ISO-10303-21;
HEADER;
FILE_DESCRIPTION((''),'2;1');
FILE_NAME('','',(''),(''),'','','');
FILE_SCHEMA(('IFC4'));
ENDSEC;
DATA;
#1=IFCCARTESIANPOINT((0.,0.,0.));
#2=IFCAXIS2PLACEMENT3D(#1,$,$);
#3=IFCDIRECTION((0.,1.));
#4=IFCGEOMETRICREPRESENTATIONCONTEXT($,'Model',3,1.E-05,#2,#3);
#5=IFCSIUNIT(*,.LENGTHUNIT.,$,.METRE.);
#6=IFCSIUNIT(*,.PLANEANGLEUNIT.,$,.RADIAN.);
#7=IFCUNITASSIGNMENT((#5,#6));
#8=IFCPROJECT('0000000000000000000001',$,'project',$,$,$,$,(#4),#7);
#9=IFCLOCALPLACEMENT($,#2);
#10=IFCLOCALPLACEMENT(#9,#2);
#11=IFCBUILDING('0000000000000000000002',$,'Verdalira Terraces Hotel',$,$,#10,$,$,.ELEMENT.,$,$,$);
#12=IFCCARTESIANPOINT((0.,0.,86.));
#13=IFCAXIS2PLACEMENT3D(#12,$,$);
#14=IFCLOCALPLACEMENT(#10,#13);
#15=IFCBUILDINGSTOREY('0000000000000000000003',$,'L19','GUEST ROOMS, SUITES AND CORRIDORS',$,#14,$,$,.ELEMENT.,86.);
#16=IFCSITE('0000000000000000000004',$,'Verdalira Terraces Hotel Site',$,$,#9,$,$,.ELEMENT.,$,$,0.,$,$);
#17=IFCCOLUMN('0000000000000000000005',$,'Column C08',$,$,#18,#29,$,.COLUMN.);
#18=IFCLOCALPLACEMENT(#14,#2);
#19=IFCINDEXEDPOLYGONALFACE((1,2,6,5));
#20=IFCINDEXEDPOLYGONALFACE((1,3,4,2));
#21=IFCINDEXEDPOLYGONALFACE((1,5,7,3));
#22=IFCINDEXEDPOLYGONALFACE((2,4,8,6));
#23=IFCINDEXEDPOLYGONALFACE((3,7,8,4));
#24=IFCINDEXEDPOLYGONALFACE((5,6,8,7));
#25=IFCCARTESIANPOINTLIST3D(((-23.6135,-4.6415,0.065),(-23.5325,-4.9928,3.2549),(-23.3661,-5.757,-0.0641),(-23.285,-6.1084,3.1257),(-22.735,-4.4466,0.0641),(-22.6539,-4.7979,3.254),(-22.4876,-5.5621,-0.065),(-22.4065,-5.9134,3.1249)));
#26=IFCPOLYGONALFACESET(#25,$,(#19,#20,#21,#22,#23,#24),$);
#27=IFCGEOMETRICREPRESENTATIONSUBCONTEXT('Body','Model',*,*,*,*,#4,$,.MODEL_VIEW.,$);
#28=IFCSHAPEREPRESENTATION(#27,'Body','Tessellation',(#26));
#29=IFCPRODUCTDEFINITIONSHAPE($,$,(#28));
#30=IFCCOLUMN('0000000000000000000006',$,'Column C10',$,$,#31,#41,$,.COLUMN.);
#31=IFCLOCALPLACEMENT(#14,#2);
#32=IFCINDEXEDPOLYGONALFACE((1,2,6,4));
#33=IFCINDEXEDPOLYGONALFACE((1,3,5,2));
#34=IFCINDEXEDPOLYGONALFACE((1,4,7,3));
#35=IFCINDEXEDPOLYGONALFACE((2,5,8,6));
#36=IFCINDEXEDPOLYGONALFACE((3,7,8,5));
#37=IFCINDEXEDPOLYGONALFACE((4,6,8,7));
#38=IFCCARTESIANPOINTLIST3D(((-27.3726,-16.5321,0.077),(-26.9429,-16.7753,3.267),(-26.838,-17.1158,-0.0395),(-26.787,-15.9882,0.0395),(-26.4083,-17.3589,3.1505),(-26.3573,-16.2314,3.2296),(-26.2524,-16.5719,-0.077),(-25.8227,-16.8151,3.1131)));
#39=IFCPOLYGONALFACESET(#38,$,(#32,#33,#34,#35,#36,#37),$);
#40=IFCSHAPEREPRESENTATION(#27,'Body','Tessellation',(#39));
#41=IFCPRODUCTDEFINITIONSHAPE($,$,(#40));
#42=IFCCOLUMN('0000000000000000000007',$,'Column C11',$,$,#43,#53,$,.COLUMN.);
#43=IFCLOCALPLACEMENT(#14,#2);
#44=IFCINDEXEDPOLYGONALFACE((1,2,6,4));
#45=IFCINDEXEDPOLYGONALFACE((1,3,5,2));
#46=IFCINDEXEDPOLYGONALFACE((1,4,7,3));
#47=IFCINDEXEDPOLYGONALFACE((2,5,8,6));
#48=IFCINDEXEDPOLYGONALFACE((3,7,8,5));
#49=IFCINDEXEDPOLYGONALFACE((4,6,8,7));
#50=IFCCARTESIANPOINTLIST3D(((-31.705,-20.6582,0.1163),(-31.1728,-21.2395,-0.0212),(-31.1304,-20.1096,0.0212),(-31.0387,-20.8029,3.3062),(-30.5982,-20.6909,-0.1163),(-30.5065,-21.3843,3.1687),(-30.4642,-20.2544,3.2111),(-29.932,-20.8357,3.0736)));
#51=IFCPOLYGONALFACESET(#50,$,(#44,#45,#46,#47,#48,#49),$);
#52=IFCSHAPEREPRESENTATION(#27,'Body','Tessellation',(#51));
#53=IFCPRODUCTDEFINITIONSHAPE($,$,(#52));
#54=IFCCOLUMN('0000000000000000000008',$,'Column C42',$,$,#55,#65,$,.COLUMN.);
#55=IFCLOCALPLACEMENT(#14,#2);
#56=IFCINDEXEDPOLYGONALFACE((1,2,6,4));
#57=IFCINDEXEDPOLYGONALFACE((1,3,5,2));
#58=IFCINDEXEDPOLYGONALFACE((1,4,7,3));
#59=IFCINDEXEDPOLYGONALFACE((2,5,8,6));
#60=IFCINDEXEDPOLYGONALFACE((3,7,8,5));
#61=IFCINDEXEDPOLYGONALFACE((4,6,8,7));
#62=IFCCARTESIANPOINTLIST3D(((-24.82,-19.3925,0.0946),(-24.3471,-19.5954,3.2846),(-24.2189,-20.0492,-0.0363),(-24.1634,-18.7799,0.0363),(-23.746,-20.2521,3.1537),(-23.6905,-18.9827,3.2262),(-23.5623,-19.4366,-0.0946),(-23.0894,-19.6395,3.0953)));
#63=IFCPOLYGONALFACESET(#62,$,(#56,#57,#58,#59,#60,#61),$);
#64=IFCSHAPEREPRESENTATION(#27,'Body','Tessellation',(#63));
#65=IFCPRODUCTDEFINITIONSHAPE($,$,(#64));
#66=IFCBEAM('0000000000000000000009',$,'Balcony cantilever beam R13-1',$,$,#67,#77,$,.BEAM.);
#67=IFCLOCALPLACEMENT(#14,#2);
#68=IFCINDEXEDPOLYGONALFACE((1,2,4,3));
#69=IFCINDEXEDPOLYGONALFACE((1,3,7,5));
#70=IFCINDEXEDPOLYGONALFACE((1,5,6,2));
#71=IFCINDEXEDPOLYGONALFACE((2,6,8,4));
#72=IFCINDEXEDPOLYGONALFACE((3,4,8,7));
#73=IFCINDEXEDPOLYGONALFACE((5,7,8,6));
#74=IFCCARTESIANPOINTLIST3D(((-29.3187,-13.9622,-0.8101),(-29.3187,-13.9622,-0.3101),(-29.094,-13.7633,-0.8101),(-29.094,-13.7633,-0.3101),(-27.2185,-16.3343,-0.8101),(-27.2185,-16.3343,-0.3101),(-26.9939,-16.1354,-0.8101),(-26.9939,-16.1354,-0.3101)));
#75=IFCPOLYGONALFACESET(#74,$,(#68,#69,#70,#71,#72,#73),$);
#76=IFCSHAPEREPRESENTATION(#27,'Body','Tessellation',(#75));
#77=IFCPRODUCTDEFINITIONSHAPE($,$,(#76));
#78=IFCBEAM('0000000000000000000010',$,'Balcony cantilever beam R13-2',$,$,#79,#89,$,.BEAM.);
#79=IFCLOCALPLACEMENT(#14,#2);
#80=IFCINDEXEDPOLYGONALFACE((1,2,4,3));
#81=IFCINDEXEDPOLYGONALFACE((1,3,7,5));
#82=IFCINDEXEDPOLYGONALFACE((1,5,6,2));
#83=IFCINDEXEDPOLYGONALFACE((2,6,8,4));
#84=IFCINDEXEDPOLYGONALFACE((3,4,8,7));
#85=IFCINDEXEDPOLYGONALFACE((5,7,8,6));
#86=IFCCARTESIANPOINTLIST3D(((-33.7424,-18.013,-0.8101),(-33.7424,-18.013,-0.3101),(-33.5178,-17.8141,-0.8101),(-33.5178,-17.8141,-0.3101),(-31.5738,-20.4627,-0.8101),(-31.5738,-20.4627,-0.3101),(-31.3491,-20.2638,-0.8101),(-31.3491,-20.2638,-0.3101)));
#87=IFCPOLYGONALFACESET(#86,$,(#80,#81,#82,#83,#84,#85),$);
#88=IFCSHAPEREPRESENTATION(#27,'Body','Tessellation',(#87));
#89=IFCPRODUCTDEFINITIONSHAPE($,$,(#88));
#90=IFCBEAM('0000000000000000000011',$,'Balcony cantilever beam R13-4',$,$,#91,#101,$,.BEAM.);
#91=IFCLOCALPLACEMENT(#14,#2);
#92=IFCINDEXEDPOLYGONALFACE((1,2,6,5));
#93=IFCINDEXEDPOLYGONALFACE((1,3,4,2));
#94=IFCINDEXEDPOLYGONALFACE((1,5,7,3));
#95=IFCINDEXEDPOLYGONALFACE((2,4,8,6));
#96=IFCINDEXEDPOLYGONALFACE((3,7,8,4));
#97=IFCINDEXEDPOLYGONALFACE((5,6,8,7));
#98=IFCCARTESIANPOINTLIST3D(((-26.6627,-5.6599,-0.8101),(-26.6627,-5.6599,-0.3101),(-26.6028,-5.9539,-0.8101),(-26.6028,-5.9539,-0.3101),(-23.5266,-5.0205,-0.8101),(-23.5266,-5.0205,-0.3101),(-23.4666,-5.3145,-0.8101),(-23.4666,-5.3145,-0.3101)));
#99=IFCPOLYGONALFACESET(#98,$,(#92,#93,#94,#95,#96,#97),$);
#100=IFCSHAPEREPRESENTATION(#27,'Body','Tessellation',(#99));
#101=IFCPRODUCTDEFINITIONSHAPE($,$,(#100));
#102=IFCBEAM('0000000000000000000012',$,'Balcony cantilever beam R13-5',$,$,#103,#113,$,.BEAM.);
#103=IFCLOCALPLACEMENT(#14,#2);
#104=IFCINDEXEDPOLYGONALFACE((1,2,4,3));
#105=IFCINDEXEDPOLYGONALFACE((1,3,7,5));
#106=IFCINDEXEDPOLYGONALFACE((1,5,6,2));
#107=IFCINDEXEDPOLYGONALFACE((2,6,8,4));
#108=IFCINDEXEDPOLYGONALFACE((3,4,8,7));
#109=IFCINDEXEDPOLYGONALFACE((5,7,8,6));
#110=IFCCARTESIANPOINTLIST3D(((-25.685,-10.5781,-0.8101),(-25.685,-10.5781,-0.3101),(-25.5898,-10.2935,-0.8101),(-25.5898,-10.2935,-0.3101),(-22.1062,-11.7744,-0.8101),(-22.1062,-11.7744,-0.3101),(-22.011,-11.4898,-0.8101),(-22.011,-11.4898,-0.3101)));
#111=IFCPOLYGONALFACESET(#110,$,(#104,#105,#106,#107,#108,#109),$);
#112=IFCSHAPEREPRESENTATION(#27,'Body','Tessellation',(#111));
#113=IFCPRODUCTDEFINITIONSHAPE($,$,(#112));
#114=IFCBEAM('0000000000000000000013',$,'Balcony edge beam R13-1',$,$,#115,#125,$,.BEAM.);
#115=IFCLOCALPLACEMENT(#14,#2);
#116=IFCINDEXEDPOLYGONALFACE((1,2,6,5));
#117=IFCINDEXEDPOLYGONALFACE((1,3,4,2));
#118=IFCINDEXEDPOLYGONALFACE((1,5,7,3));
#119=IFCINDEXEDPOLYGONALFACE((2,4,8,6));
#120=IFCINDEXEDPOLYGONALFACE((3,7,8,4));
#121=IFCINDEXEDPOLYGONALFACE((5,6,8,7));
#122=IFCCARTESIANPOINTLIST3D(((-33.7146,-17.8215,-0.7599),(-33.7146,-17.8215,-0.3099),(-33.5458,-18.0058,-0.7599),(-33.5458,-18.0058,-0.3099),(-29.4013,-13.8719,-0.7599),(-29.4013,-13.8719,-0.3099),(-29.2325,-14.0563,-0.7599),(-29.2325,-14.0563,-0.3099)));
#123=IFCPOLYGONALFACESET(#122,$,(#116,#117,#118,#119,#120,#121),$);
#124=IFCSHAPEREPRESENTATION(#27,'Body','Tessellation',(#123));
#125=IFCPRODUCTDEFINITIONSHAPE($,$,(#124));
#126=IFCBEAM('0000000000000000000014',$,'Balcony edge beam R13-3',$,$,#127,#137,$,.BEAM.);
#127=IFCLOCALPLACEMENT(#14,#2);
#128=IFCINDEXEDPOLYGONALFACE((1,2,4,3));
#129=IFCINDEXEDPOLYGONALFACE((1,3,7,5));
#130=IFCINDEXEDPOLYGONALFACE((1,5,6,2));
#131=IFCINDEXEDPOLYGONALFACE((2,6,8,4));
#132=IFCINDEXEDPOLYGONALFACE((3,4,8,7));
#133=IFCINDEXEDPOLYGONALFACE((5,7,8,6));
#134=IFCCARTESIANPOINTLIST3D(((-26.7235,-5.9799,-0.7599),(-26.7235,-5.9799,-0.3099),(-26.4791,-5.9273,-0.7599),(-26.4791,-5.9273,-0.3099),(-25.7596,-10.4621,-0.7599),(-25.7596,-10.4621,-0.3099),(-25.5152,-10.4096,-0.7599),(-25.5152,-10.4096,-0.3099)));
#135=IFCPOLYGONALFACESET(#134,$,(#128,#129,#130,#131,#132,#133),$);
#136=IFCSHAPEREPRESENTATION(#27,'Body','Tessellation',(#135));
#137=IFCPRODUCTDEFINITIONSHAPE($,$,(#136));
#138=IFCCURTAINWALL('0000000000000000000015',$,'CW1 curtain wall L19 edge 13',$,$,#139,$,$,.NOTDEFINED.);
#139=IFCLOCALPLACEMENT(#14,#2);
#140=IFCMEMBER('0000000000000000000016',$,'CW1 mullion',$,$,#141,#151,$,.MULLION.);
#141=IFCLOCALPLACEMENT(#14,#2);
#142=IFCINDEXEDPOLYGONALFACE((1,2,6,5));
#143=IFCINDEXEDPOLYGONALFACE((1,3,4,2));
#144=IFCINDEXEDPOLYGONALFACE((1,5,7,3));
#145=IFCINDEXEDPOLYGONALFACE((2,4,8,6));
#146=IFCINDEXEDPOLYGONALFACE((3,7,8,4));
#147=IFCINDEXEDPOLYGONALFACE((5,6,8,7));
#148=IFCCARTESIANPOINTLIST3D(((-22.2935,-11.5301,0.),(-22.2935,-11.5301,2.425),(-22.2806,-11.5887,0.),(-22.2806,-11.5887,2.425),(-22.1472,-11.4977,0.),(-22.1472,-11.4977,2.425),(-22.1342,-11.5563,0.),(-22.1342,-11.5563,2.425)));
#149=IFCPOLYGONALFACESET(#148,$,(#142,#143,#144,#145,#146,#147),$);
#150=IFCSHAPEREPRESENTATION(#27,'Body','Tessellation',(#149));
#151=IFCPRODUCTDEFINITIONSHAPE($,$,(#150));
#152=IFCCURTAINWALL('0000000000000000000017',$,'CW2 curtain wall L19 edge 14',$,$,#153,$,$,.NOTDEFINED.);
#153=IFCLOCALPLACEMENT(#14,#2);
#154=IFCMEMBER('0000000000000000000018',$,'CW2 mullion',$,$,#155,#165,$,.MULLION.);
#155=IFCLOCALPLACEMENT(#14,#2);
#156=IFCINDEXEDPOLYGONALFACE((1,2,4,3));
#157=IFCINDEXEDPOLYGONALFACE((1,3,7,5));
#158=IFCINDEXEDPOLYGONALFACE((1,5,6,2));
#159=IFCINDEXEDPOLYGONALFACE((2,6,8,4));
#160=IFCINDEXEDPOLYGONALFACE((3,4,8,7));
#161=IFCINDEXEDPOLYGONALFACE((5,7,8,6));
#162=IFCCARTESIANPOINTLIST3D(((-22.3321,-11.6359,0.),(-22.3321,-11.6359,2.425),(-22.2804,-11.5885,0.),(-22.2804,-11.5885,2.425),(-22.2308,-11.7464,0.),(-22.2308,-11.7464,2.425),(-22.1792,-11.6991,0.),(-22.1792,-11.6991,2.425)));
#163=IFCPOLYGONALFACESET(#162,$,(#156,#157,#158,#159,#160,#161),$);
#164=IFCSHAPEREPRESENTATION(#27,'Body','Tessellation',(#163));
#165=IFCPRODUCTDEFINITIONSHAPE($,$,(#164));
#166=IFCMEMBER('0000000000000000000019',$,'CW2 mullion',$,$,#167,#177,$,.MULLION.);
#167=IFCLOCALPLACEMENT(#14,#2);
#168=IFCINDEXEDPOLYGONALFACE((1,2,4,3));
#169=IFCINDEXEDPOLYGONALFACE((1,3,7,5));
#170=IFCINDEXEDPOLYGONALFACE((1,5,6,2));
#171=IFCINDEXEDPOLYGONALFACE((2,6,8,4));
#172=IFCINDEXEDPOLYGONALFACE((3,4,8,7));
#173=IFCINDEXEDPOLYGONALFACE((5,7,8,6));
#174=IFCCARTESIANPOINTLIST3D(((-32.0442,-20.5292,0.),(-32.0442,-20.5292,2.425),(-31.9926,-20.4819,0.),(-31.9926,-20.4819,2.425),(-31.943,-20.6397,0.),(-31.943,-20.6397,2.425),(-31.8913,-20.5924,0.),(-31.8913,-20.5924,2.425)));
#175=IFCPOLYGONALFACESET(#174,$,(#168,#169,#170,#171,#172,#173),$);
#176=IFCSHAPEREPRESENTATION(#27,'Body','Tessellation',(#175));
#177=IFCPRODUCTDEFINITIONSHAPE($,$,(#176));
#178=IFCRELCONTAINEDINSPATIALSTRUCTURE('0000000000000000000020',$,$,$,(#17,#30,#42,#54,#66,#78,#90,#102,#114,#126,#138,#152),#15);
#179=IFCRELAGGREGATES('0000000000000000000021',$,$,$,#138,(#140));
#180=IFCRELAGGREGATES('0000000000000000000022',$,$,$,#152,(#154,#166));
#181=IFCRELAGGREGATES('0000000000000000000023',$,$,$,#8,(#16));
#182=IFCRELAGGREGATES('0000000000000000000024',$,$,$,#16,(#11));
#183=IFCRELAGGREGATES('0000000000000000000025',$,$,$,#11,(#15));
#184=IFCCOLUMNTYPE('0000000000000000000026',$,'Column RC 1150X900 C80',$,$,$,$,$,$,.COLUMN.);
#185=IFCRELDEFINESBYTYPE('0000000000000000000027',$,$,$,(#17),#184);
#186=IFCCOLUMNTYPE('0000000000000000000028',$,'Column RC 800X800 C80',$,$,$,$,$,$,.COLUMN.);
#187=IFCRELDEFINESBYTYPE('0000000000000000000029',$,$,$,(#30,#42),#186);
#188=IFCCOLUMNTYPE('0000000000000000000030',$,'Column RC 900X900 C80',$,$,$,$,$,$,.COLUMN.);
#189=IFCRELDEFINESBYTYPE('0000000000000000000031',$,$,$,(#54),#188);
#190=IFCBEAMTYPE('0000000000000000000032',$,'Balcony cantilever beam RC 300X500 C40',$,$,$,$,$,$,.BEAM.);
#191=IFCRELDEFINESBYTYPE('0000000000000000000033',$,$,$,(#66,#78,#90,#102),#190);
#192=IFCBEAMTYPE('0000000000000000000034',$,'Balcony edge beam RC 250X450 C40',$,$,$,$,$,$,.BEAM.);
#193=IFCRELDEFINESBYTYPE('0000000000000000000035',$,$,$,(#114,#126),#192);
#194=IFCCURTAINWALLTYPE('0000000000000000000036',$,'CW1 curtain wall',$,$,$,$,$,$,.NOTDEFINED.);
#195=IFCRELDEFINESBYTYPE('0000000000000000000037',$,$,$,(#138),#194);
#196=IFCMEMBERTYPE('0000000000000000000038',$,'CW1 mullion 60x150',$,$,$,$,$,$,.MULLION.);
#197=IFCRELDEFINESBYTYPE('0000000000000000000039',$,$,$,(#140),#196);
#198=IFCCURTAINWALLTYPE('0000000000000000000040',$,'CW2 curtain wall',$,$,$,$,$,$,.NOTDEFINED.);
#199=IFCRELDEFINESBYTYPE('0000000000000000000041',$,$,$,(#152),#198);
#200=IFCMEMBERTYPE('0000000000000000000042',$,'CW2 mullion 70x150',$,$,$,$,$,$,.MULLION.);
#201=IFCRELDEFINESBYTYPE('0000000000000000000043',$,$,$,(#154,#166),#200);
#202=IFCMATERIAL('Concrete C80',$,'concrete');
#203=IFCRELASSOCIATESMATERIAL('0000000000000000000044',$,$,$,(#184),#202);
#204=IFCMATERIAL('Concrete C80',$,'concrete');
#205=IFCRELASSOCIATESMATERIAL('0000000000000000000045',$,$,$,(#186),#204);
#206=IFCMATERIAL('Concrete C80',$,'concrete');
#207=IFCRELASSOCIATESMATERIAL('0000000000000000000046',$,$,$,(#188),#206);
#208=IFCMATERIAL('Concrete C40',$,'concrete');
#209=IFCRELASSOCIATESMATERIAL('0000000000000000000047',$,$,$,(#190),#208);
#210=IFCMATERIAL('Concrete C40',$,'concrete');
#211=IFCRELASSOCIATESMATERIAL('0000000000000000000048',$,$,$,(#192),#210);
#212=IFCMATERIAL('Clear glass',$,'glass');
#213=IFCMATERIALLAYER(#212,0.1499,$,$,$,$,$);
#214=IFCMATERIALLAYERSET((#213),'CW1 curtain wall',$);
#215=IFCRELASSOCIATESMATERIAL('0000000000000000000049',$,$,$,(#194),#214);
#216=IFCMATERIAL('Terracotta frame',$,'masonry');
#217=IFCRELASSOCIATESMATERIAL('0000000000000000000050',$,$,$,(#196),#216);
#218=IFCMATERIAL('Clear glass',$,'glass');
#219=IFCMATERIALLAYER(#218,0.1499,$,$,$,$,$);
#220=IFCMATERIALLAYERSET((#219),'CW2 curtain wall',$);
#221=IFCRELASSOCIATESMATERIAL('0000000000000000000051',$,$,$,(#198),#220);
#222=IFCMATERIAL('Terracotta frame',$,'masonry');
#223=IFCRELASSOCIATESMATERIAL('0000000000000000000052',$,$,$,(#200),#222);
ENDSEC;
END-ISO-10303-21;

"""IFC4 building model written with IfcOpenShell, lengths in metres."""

from ifc_helpers import new_model, si_unit, direction, frame, origin, origin_2d, place, context, subcontext, project, spatial, rectangle, extrude, material, layer, layer_set, material_profile, profile_set, type_object, element, aggregate, save


model = new_model("IFC4")

# Units and contexts
model_context = context("Model", 3, precision=1e-05, world=origin(), true_north=direction((0.0, 1.0)))
body_context = subcontext(model_context, "Body", "Model", "MODEL_VIEW")
ifc_project = project(units=[si_unit("LENGTHUNIT", "METRE"), si_unit("PLANEANGLEUNIT", "RADIAN")], contexts=[model_context])

# Site, building, storey
site_placement = place(None, origin())
site = spatial("IfcSite", under=ifc_project, at=site_placement, Name="Verdalira Terraces Hotel Site", CompositionType="ELEMENT", RefElevation=0.0)
building_placement = place(site_placement, origin())
building = spatial("IfcBuilding", under=site, at=building_placement, Name="Verdalira Terraces Hotel", CompositionType="ELEMENT")
storey_placement = place(building_placement, frame((0.0, 0.0, 86.0)))
storey = spatial("IfcBuildingStorey", under=building, at=storey_placement, Name="L19", Description="GUEST ROOMS, SUITES AND CORRIDORS", CompositionType="ELEMENT", Elevation=86.0)

# Columns
ifc_material_1 = material(Name="Concrete C80", Category="concrete")
ifc_material_profile_1 = material_profile(ifc_material_1, rectangle(XDim=1.1499, YDim=0.8999, at=origin_2d()), Name="RC 1150X900")
ifc_profile_set_1 = profile_set([ifc_material_profile_1], Name="Concrete C80")
column_type_1 = type_object("IfcColumnType", Name="Column RC 1150X900 C80", PredefinedType="COLUMN", material=ifc_profile_set_1)
column_1_placement = place(storey_placement, frame((-23.0505, -5.1018, 0.0), z_axis=(0.025249, -0.109436, 0.993673), x_axis=(0.215164, -0.970099, -0.112307)))
element("IfcColumn", 1, at=column_1_placement, inside=storey, type_object=column_type_1, Name="Column C08", PredefinedType="COLUMN", context=body_context, shape_type="SweptSolid", body=[
    extrude(rectangle(XDim=1.1499, YDim=0.8999, at=origin_2d()), origin(), (0.0, 0.0, 1.0), 3.2102),
])
ifc_material_2 = material(Name="Concrete C80", Category="concrete")
ifc_material_profile_2 = material_profile(ifc_material_2, rectangle(XDim=0.8, YDim=0.8, at=origin_2d()), Name="RC 800X800")
ifc_profile_set_2 = profile_set([ifc_material_profile_2], Name="Concrete C80")
column_type_2 = type_object("IfcColumnType", Name="Column RC 800X800 C80", PredefinedType="COLUMN", material=ifc_profile_set_2)
column_2_placement = place(storey_placement, frame((-26.8125, -16.552, 0.0), z_axis=(0.133116, -0.075331, 0.988233), x_axis=(-0.73194, -0.679761, 0.046776)))
element("IfcColumn", 2, at=column_2_placement, inside=storey, type_object=column_type_2, Name="Column C10", PredefinedType="COLUMN", context=body_context, shape_type="SweptSolid", body=[
    extrude(rectangle(XDim=0.8, YDim=0.8, at=origin_2d()), origin(), (0.0, 0.0, 1.0), 3.228),
])
column_3_placement = place(storey_placement, frame((-31.1516, -20.6746, 0.0), z_axis=(0.204249, -0.044383, 0.977912), x_axis=(-0.718176, -0.685631, 0.118883)))
element("IfcColumn", 3, at=column_3_placement, inside=storey, type_object=column_type_2, Name="Column C11", PredefinedType="COLUMN", context=body_context, shape_type="SweptSolid", body=[
    extrude(rectangle(XDim=0.8, YDim=0.8, at=origin_2d()), origin(), (0.0, 0.0, 1.0), 3.262),
])
ifc_material_3 = material(Name="Concrete C80", Category="concrete")
ifc_material_profile_3 = material_profile(ifc_material_3, rectangle(XDim=0.8999, YDim=0.8999, at=origin_2d()), Name="RC 900X900")
ifc_profile_set_3 = profile_set([ifc_material_profile_3], Name="Concrete C80")
column_type_3 = type_object("IfcColumnType", Name="Column RC 900X900 C80", PredefinedType="COLUMN", material=ifc_profile_set_3)
column_4_placement = place(storey_placement, frame((-24.1912, -19.4146, 0.0), z_axis=(0.146355, -0.062788, 0.987237), x_axis=(-0.729632, -0.680757, 0.06487)))
element("IfcColumn", 4, at=column_4_placement, inside=storey, type_object=column_type_3, Name="Column C42", PredefinedType="COLUMN", context=body_context, shape_type="SweptSolid", body=[
    extrude(rectangle(XDim=0.8999, YDim=0.8999, at=origin_2d()), origin(), (0.0, 0.0, 1.0), 3.2312),
])

# Beams
ifc_material_4 = material(Name="Concrete C40", Category="concrete")
ifc_material_profile_4 = material_profile(ifc_material_4, rectangle(XDim=0.3, YDim=0.5, at=origin_2d()), Name="RC 300X500")
ifc_profile_set_4 = profile_set([ifc_material_profile_4], Name="Concrete C40")
beam_type_1 = type_object("IfcBeamType", Name="Balcony cantilever beam RC 300X500 C40", PredefinedType="BEAM", material=ifc_profile_set_4)
beam_1_placement = place(storey_placement, frame((-27.1062, -16.2349, -0.5601), z_axis=(-0.66288, 0.748726, 0.0), x_axis=(-0.748726, -0.66288, 0.0)))
element("IfcBeam", 5, at=beam_1_placement, inside=storey, type_object=beam_type_1, Name="Balcony cantilever beam R13-1", PredefinedType="BEAM", context=body_context, shape_type="SweptSolid", body=[
    extrude(rectangle(XDim=0.3, YDim=0.5, at=origin_2d()), origin(), (0.0, 0.0, 1.0), 3.1682),
])
beam_2_placement = place(storey_placement, frame((-31.4614, -20.3633, -0.5601), z_axis=(-0.662857, 0.748746, 0.0), x_axis=(-0.748746, -0.662857, 0.0)))
element("IfcBeam", 6, at=beam_2_placement, inside=storey, type_object=beam_type_1, Name="Balcony cantilever beam R13-2", PredefinedType="BEAM", context=body_context, shape_type="SweptSolid", body=[
    extrude(rectangle(XDim=0.3, YDim=0.5, at=origin_2d()), origin(), (0.0, 0.0, 1.0), 3.2717),
])
beam_3_placement = place(storey_placement, frame((-23.4966, -5.1675, -0.5601), z_axis=(-0.979843, -0.199767, 0.0), x_axis=(0.199767, -0.979843, 0.0)))
element("IfcBeam", 7, at=beam_3_placement, inside=storey, type_object=beam_type_1, Name="Balcony cantilever beam R13-4", PredefinedType="BEAM", context=body_context, shape_type="SweptSolid", body=[
    extrude(rectangle(XDim=0.3, YDim=0.5, at=origin_2d()), origin(), (0.0, 0.0, 1.0), 3.2007),
])
beam_4_placement = place(storey_placement, frame((-22.0586, -11.6321, -0.5601), z_axis=(-0.948418, 0.317023, 0.0), x_axis=(-0.317023, -0.948418, 0.0)))
element("IfcBeam", 8, at=beam_4_placement, inside=storey, type_object=beam_type_1, Name="Balcony cantilever beam R13-5", PredefinedType="BEAM", context=body_context, shape_type="SweptSolid", body=[
    extrude(rectangle(XDim=0.3, YDim=0.5, at=origin_2d()), origin(), (0.0, 0.0, 1.0), 3.7734),
])
ifc_material_5 = material(Name="Concrete C40", Category="concrete")
ifc_material_profile_5 = material_profile(ifc_material_5, rectangle(XDim=0.25, YDim=0.45, at=origin_2d()), Name="RC 250X450")
ifc_profile_set_5 = profile_set([ifc_material_profile_5], Name="Concrete C40")
beam_type_2 = type_object("IfcBeamType", Name="Balcony edge beam RC 250X450 C40", PredefinedType="BEAM", material=ifc_profile_set_5)
beam_5_placement = place(storey_placement, frame((-29.3169, -13.9641, -0.5349), z_axis=(-0.737523, -0.675322, 0.0), x_axis=(0.675322, -0.737523, 0.0)))
element("IfcBeam", 9, at=beam_5_placement, inside=storey, type_object=beam_type_2, Name="Balcony edge beam R13-1", PredefinedType="BEAM", context=body_context, shape_type="SweptSolid", body=[
    extrude(rectangle(XDim=0.25, YDim=0.45, at=origin_2d()), origin(), (0.0, 0.0, 1.0), 5.8484),
])
beam_6_placement = place(storey_placement, frame((-26.6013, -5.9536, -0.5349), z_axis=(0.210238, -0.97765, 0.0), x_axis=(0.97765, 0.210238, 0.0)))
element("IfcBeam", 10, at=beam_6_placement, inside=storey, type_object=beam_type_2, Name="Balcony edge beam R13-3", PredefinedType="BEAM", context=body_context, shape_type="SweptSolid", body=[
    extrude(rectangle(XDim=0.25, YDim=0.45, at=origin_2d()), origin(), (0.0, 0.0, 1.0), 4.5847),
])

# Curtain wall, member
ifc_material_6 = material(Name="Clear glass", Category="glass")
ifc_layer_1 = layer(ifc_material_6, 0.1499)
ifc_layer_set_1 = layer_set([ifc_layer_1], Name="CW1 curtain wall")
curtain_wall_type_1 = type_object("IfcCurtainWallType", Name="CW1 curtain wall", PredefinedType="NOTDEFINED", material=ifc_layer_set_1)
curtain_wall_1_placement = place(storey_placement, origin())
curtain_wall_1 = element("IfcCurtainWall", 11, at=curtain_wall_1_placement, inside=storey, type_object=curtain_wall_type_1, Name="CW1 curtain wall L19 edge 13", PredefinedType="NOTDEFINED")
ifc_material_7 = material(Name="Terracotta frame", Category="masonry")
ifc_material_profile_6 = material_profile(ifc_material_7, rectangle(XDim=0.0601, YDim=0.1499, at=origin_2d()), Name="MU 60x150")
ifc_profile_set_6 = profile_set([ifc_material_profile_6], Name="Terracotta frame")
member_type_1 = type_object("IfcMemberType", Name="CW1 mullion 60x150", PredefinedType="MULLION", material=ifc_profile_set_6)
member_1_placement = place(storey_placement, frame((-22.2139, -11.5432, 0.0), z_axis=(0.0, 0.0, 1.0), x_axis=(0.216099, -0.976371, 0.0)))
member_1 = element("IfcMember", 12, at=member_1_placement, type_object=member_type_1, Name="CW1 mullion", PredefinedType="MULLION", context=body_context, shape_type="SweptSolid", body=[
    extrude(rectangle(XDim=0.0601, YDim=0.1499, at=origin_2d()), origin(), (0.0, 0.0, 1.0), 2.425),
])

# Curtain wall, members
ifc_material_8 = material(Name="Clear glass", Category="glass")
ifc_layer_2 = layer(ifc_material_8, 0.1499)
ifc_layer_set_2 = layer_set([ifc_layer_2], Name="CW2 curtain wall")
curtain_wall_type_2 = type_object("IfcCurtainWallType", Name="CW2 curtain wall", PredefinedType="NOTDEFINED", material=ifc_layer_set_2)
curtain_wall_2_placement = place(storey_placement, origin())
curtain_wall_2 = element("IfcCurtainWall", 13, at=curtain_wall_2_placement, inside=storey, type_object=curtain_wall_type_2, Name="CW2 curtain wall L19 edge 14", PredefinedType="NOTDEFINED")
ifc_material_9 = material(Name="Terracotta frame", Category="masonry")
ifc_material_profile_7 = material_profile(ifc_material_9, rectangle(XDim=0.0701, YDim=0.1499, at=origin_2d()), Name="MU 70x150")
ifc_profile_set_7 = profile_set([ifc_material_profile_7], Name="Terracotta frame")
member_type_2 = type_object("IfcMemberType", Name="CW2 mullion 70x150", PredefinedType="MULLION", material=ifc_profile_set_7)
member_2_placement = place(storey_placement, frame((-22.2556, -11.6675, 0.0), z_axis=(0.0, 0.0, 1.0), x_axis=(-0.737513, -0.675333, 0.0)))
member_2 = element("IfcMember", 14, at=member_2_placement, type_object=member_type_2, Name="CW2 mullion", PredefinedType="MULLION", context=body_context, shape_type="SweptSolid", body=[
    extrude(rectangle(XDim=0.0701, YDim=0.1499, at=origin_2d()), origin(), (0.0, 0.0, 1.0), 2.425),
])
member_3_placement = place(storey_placement, frame((-31.9678, -20.5608, 0.0), z_axis=(0.0, 0.0, 1.0), x_axis=(-0.737513, -0.675333, 0.0)))
member_3 = element("IfcMember", 15, at=member_3_placement, type_object=member_type_2, Name="CW2 mullion", PredefinedType="MULLION", context=body_context, shape_type="SweptSolid", body=[
    extrude(rectangle(XDim=0.0701, YDim=0.1499, at=origin_2d()), origin(), (0.0, 0.0, 1.0), 2.425),
])

aggregate(curtain_wall_1, [member_1])
aggregate(curtain_wall_2, [member_2, member_3])

save(model, "model.ifc")
